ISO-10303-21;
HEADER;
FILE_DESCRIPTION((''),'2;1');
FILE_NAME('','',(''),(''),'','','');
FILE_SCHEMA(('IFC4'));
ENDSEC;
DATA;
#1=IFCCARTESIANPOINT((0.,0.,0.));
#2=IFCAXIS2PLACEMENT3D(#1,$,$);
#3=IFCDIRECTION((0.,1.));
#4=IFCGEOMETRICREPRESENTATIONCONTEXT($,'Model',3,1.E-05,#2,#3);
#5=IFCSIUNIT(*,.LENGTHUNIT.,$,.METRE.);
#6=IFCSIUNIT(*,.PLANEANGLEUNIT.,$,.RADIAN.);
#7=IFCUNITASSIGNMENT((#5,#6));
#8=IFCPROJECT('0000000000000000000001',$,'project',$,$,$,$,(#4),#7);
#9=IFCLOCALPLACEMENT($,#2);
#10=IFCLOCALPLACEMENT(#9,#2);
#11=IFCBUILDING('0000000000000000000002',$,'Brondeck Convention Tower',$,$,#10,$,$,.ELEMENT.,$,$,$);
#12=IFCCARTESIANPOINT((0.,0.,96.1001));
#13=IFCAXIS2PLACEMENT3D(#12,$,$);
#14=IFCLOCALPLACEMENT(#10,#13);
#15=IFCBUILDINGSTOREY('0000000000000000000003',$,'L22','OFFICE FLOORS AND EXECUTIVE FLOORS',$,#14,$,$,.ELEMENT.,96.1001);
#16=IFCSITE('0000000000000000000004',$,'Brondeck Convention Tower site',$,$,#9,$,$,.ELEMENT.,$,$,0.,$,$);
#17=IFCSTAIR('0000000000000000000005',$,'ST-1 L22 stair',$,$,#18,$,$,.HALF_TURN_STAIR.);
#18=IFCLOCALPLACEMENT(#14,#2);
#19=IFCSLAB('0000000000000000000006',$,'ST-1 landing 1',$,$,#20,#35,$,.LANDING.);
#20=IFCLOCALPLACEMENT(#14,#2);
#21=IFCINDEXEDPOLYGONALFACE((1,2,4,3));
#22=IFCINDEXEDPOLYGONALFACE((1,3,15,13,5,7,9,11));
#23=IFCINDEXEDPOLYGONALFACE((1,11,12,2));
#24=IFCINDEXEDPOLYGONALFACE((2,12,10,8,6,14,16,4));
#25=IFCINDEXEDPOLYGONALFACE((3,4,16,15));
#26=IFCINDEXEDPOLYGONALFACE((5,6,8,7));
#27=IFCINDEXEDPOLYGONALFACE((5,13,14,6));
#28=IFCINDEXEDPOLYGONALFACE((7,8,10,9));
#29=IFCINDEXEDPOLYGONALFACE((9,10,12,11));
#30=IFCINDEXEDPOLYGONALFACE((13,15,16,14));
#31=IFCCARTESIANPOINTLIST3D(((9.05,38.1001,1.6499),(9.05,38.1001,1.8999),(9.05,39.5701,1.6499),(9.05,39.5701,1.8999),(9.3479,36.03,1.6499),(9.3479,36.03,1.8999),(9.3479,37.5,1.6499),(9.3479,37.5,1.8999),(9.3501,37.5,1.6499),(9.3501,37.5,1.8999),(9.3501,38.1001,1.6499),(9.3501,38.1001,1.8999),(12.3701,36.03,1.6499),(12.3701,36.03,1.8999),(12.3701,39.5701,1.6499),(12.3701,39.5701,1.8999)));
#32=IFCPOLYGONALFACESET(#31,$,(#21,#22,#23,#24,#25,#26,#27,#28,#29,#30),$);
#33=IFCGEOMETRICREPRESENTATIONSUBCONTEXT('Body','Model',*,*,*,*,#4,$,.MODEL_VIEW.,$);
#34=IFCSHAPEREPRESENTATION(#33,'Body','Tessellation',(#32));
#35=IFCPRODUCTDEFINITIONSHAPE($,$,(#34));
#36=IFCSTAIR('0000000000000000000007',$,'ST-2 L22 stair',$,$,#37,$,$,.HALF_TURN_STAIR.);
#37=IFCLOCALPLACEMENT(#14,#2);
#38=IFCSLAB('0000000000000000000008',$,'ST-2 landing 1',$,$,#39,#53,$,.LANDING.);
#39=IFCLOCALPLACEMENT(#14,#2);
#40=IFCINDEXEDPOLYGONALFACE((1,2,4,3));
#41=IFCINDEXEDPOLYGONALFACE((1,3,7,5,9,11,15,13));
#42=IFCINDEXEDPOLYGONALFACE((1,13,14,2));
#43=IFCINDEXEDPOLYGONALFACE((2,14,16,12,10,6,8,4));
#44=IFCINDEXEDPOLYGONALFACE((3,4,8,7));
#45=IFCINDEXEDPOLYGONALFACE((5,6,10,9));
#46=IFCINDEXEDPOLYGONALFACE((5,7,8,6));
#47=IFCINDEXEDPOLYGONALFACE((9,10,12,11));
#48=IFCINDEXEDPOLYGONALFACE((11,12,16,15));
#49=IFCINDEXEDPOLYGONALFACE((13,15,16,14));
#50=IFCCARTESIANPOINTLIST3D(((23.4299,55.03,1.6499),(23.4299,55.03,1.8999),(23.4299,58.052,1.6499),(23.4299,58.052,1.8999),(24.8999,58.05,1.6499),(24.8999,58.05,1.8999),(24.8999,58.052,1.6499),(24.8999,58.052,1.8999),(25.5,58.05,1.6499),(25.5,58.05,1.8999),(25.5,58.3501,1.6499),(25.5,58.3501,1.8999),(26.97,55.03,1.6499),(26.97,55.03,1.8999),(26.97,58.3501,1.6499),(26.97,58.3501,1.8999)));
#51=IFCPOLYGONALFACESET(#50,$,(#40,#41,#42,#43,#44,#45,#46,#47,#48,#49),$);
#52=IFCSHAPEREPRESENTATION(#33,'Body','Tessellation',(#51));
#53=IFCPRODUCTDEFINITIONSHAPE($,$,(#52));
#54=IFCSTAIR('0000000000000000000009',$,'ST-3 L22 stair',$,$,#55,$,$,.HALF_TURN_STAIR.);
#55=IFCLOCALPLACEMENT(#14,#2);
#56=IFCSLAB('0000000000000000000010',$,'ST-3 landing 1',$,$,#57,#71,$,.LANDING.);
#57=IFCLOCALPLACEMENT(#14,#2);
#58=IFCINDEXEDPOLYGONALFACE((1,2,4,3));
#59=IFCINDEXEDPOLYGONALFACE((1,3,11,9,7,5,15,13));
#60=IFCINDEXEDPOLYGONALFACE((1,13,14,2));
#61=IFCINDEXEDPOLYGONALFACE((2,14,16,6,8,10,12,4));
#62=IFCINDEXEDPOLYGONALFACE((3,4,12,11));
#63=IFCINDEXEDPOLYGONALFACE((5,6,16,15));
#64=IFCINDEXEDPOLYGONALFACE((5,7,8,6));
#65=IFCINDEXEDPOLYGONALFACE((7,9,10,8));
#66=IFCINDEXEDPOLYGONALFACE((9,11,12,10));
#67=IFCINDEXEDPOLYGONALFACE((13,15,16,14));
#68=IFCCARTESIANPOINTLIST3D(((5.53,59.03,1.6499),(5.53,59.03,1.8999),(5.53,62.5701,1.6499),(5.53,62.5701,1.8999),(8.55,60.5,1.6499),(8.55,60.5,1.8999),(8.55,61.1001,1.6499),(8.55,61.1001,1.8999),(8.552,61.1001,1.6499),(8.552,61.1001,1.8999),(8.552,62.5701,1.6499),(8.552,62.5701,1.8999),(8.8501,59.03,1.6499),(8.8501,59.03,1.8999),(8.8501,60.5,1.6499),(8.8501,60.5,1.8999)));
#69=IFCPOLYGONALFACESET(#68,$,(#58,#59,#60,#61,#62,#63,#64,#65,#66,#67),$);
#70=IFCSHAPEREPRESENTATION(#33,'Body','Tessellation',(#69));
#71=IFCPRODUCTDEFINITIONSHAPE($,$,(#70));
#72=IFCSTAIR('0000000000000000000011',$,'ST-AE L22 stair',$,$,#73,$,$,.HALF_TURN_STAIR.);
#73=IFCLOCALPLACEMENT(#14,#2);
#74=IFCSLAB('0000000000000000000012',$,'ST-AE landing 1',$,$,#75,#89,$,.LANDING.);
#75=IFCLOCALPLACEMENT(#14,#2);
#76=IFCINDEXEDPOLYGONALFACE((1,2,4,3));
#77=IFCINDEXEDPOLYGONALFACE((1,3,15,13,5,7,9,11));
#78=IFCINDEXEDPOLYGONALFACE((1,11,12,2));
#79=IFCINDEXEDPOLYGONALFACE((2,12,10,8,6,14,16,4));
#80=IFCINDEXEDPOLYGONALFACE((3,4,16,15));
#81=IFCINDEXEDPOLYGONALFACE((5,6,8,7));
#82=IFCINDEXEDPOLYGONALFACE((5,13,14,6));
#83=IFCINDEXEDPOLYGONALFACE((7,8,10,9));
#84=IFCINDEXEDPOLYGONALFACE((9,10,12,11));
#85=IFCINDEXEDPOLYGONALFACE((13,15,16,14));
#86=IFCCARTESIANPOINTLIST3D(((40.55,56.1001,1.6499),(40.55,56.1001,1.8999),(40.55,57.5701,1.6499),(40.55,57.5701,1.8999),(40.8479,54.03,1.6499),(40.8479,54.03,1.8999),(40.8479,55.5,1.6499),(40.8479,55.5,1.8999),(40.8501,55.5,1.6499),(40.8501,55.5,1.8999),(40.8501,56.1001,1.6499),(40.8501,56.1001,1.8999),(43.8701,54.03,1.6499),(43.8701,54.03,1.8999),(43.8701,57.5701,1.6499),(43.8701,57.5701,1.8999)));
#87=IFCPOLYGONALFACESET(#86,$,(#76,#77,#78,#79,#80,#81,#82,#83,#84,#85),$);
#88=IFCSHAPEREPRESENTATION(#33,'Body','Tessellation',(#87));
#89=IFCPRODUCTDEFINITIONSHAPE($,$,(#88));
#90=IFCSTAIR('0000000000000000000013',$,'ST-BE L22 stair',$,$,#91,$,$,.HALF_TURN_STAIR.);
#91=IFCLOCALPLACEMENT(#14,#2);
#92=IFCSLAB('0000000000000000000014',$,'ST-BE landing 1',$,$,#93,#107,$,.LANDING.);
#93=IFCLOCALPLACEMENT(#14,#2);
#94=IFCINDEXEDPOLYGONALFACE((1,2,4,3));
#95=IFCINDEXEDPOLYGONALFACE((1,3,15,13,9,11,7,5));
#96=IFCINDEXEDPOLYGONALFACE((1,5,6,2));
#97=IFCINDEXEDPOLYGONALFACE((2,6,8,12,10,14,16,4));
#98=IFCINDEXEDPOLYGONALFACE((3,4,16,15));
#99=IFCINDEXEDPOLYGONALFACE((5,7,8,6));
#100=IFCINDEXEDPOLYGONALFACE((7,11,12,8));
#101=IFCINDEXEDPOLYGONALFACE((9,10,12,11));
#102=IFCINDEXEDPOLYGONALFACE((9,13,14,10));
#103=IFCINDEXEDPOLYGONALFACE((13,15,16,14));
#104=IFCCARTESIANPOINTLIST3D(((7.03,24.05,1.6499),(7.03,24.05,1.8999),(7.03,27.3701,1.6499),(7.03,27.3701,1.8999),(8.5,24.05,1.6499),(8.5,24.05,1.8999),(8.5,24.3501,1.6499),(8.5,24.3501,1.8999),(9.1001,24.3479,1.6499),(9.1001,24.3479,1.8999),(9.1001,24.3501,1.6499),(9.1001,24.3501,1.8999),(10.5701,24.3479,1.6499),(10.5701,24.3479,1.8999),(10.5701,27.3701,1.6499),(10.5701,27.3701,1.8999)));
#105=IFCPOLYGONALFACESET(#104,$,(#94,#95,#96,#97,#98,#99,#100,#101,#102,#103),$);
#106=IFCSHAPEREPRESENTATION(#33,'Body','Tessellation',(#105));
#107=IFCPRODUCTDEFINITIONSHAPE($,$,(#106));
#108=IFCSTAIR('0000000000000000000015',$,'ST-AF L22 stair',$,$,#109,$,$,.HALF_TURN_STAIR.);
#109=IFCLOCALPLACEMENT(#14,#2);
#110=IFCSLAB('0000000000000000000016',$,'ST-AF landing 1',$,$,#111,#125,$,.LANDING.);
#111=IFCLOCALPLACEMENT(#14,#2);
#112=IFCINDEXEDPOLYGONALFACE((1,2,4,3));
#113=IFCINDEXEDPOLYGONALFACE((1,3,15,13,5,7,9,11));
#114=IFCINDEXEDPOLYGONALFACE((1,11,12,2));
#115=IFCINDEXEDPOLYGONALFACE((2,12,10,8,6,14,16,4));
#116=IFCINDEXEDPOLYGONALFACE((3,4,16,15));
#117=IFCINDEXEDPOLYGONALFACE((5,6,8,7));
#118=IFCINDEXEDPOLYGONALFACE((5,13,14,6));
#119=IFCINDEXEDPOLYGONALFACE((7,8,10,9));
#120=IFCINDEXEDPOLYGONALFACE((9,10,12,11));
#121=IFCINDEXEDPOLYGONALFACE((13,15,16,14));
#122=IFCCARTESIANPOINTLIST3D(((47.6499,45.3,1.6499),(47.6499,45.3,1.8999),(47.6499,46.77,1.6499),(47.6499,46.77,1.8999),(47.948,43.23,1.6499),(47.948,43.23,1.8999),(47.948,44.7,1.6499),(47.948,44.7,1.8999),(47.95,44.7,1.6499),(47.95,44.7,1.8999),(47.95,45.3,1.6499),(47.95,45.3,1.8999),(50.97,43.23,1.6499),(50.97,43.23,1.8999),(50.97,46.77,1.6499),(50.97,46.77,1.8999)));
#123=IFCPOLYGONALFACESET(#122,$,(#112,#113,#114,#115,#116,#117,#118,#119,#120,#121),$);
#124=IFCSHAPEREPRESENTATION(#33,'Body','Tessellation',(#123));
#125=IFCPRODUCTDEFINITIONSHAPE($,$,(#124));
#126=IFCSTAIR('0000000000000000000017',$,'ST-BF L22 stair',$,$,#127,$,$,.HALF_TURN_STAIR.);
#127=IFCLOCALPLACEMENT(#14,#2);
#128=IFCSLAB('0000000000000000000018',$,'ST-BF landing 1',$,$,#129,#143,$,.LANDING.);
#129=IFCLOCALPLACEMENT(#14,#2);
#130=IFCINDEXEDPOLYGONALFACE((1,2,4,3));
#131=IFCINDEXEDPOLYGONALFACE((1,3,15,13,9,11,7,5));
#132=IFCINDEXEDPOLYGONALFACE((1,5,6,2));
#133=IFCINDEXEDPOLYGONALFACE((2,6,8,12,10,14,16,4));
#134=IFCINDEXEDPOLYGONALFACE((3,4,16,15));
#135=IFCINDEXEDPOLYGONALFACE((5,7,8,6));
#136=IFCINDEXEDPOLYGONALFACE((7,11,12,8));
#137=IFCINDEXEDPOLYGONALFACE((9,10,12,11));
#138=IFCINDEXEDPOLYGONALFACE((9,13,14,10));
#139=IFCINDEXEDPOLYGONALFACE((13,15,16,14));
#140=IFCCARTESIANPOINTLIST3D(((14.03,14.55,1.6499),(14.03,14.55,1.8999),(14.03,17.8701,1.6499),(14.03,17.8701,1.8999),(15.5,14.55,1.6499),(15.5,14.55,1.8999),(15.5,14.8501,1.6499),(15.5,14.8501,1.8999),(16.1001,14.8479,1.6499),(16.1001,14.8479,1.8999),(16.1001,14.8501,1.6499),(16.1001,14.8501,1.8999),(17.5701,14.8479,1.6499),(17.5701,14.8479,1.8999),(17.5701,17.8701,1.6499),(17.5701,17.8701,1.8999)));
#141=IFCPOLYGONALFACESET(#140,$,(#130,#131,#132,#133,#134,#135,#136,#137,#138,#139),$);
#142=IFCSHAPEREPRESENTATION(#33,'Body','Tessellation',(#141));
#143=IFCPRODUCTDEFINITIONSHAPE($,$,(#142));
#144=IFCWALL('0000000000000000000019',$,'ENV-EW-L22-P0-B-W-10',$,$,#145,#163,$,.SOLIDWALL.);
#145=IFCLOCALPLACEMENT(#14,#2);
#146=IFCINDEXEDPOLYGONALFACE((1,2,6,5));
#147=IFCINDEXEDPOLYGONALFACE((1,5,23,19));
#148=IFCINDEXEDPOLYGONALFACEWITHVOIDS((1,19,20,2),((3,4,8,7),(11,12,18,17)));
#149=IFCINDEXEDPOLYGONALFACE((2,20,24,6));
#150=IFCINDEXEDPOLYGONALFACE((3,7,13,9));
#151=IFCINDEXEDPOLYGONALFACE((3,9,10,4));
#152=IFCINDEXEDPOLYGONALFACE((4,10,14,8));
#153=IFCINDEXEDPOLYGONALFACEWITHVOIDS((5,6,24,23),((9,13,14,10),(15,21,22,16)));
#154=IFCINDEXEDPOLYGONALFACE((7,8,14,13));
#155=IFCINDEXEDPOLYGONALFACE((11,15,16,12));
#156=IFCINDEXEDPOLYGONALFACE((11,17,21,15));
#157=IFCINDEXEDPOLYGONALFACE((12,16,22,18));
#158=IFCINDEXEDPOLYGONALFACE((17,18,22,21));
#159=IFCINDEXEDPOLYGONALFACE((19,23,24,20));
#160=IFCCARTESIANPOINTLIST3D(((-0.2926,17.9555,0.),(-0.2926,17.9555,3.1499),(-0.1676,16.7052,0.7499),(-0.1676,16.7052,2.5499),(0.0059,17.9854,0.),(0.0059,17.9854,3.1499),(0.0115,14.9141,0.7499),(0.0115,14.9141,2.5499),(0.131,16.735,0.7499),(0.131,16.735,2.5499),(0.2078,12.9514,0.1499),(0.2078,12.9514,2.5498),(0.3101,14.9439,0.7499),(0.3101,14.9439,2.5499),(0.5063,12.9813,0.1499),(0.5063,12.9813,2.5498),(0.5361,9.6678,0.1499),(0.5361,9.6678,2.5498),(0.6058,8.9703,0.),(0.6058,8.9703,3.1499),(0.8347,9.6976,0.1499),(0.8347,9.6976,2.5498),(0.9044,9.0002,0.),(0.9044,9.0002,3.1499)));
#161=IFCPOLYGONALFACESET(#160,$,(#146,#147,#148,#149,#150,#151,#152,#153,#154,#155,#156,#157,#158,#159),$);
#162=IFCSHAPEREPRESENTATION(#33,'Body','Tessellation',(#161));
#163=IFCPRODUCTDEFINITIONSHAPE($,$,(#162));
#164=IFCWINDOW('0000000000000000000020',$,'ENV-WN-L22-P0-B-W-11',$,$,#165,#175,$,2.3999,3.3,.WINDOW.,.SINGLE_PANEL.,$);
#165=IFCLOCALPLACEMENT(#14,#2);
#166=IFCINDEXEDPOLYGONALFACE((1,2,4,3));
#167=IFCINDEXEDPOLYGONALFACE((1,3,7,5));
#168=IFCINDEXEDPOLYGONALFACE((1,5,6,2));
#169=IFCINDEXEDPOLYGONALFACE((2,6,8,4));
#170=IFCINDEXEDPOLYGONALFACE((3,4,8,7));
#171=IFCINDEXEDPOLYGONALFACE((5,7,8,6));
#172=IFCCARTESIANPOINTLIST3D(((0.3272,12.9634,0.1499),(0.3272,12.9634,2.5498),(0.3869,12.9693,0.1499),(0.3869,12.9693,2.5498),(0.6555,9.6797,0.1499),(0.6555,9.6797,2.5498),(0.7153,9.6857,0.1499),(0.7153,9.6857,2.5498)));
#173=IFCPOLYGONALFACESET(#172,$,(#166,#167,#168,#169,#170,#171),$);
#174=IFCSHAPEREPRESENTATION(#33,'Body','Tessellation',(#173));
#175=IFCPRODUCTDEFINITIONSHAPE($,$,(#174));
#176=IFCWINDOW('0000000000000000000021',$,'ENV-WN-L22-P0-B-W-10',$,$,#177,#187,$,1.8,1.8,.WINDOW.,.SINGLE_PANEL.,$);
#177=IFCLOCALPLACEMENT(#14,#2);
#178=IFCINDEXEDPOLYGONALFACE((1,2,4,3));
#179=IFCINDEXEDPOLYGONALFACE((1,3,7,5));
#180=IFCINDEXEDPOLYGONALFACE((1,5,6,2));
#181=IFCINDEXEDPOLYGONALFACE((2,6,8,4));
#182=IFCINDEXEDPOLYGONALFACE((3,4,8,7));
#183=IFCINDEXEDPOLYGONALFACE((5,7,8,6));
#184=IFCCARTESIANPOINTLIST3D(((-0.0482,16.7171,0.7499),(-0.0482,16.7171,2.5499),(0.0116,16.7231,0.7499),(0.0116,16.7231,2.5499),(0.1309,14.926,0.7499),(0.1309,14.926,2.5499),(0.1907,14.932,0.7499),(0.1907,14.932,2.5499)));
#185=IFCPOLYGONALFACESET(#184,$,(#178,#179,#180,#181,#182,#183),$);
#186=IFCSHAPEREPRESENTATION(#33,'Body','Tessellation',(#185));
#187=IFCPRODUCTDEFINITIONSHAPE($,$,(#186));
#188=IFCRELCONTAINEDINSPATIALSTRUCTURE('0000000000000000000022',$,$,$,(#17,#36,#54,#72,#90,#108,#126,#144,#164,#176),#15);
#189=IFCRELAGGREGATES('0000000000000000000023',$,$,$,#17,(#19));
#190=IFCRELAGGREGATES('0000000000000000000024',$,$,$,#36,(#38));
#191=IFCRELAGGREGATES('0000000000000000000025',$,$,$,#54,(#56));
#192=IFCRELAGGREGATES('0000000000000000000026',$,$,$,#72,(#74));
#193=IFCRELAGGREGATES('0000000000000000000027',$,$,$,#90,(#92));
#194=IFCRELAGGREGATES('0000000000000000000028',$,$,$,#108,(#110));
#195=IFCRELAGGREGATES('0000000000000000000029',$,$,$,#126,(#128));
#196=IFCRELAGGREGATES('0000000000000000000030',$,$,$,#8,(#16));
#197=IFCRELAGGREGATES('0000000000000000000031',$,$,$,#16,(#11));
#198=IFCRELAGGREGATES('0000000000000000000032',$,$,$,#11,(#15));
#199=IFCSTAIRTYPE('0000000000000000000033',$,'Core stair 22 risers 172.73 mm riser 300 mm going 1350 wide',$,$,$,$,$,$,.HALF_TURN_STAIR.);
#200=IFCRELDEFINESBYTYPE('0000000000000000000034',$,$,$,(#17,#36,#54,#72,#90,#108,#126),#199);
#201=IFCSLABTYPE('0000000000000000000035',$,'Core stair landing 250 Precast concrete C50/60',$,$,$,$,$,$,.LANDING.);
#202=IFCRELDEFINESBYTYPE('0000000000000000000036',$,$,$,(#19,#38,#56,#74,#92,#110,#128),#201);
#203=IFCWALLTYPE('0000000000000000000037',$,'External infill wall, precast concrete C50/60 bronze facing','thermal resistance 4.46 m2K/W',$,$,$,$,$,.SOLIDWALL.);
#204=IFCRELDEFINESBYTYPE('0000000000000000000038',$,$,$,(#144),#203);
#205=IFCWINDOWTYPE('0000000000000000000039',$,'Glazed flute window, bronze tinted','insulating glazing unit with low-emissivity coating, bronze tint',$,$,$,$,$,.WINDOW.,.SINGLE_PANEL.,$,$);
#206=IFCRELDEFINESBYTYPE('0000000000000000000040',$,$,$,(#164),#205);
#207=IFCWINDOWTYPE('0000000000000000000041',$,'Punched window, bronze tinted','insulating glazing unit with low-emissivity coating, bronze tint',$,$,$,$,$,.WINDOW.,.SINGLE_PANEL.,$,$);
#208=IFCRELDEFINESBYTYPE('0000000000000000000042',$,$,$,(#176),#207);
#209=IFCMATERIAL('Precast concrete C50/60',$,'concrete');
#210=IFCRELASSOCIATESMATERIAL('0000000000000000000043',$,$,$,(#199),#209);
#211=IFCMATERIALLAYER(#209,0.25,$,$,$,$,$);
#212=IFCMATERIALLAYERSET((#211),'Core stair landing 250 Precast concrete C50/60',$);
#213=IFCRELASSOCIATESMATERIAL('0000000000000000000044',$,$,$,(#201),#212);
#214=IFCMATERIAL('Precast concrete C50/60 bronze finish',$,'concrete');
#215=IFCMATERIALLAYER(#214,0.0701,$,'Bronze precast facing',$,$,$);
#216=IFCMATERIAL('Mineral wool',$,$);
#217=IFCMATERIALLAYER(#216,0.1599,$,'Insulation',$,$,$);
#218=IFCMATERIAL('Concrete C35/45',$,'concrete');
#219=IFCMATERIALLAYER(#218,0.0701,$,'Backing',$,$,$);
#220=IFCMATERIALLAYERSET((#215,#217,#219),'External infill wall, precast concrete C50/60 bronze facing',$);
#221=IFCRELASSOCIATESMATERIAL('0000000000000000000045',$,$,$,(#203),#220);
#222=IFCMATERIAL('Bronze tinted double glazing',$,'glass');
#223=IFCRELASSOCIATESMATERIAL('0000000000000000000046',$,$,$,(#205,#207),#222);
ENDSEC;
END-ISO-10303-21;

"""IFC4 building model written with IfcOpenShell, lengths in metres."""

from ifc_helpers import new_model, si_unit, direction, frame, frame_2d, origin, place, context, subcontext, project, spatial, polyline, rectangle, outline, extrude, material, layer, layer_set, type_object, element, fill, aggregate, save


model = new_model("IFC4")

# Units and contexts
model_context = context("Model", 3, precision=1e-05, world=origin(), true_north=direction((0.0, 1.0)))
body_context = subcontext(model_context, "Body", "Model", "MODEL_VIEW")
ifc_project = project(units=[si_unit("LENGTHUNIT", "METRE"), si_unit("PLANEANGLEUNIT", "RADIAN")], contexts=[model_context])

# Site, building, storey
site_placement = place(None, origin())
site = spatial("IfcSite", under=ifc_project, at=site_placement, Name="Brondeck Convention Tower site", CompositionType="ELEMENT", RefElevation=0.0)
building_placement = place(site_placement, origin())
building = spatial("IfcBuilding", under=site, at=building_placement, Name="Brondeck Convention Tower", CompositionType="ELEMENT")
storey_placement = place(building_placement, frame((0.0, 0.0, 96.1001)))
storey = spatial("IfcBuildingStorey", under=building, at=storey_placement, Name="L22", Description="OFFICE FLOORS AND EXECUTIVE FLOORS", CompositionType="ELEMENT", Elevation=96.1001)

# Shared definitions
ifc_material_1 = material(Name="Concrete C35/45", Category="concrete")

# Stairs, slabs
ifc_material_2 = material(Name="Precast concrete C50/60", Category="concrete")
stair_type = type_object("IfcStairType", Name="Core stair 22 risers 172.73 mm riser 300 mm going 1350 wide", PredefinedType="HALF_TURN_STAIR", material=ifc_material_2)
stair_1_placement = place(storey_placement, origin())
stair_1 = element("IfcStair", 1, at=stair_1_placement, inside=storey, type_object=stair_type, Name="ST-1 L22 stair", PredefinedType="HALF_TURN_STAIR")
ifc_layer_1 = layer(ifc_material_2, 0.25)
ifc_layer_set_1 = layer_set([ifc_layer_1], Name="Core stair landing 250 Precast concrete C50/60")
slab_type_1 = type_object("IfcSlabType", Name="Core stair landing 250 Precast concrete C50/60", PredefinedType="LANDING", material=ifc_layer_set_1)
slab_1_placement = place(storey_placement, frame((0.0, 0.0, 1.6499)))
slab_1 = element("IfcSlab", 2, at=slab_1_placement, type_object=slab_type_1, Name="ST-1 landing 1", PredefinedType="LANDING", context=body_context, shape_type="SweptSolid", body=[
    extrude(outline(polyline([(9.3479, 37.5), (9.3501, 37.5), (9.3501, 38.1001), (9.05, 38.1001), (9.05, 39.5701), (12.3701, 39.5701), (12.3701, 36.03), (9.3479, 36.03), (9.3479, 37.5)])), origin(), (0.0, 0.0, 1.0), 0.25),
])
aggregate(stair_1, [slab_1])
stair_2_placement = place(storey_placement, origin())
stair_2 = element("IfcStair", 3, at=stair_2_placement, inside=storey, type_object=stair_type, Name="ST-2 L22 stair", PredefinedType="HALF_TURN_STAIR")
slab_2_placement = place(storey_placement, frame((0.0, 0.0, 1.6499)))
slab_2 = element("IfcSlab", 4, at=slab_2_placement, type_object=slab_type_1, Name="ST-2 landing 1", PredefinedType="LANDING", context=body_context, shape_type="SweptSolid", body=[
    extrude(outline(polyline([(23.4299, 58.052), (24.8999, 58.052), (24.8999, 58.05), (25.5, 58.05), (25.5, 58.3501), (26.97, 58.3501), (26.97, 55.03), (23.4299, 55.03), (23.4299, 58.052)])), origin(), (0.0, 0.0, 1.0), 0.25),
])
aggregate(stair_2, [slab_2])
stair_3_placement = place(storey_placement, origin())
stair_3 = element("IfcStair", 5, at=stair_3_placement, inside=storey, type_object=stair_type, Name="ST-3 L22 stair", PredefinedType="HALF_TURN_STAIR")
slab_3_placement = place(storey_placement, frame((0.0, 0.0, 1.6499)))
slab_3 = element("IfcSlab", 6, at=slab_3_placement, type_object=slab_type_1, Name="ST-3 landing 1", PredefinedType="LANDING", context=body_context, shape_type="SweptSolid", body=[
    extrude(outline(polyline([(8.8501, 60.5), (8.8501, 59.03), (5.53, 59.03), (5.53, 62.5701), (8.552, 62.5701), (8.552, 61.1001), (8.55, 61.1001), (8.55, 60.5), (8.8501, 60.5)])), origin(), (0.0, 0.0, 1.0), 0.25),
])
aggregate(stair_3, [slab_3])
stair_4_placement = place(storey_placement, origin())
stair_4 = element("IfcStair", 7, at=stair_4_placement, inside=storey, type_object=stair_type, Name="ST-AE L22 stair", PredefinedType="HALF_TURN_STAIR")
slab_4_placement = place(storey_placement, frame((0.0, 0.0, 1.6499)))
slab_4 = element("IfcSlab", 8, at=slab_4_placement, type_object=slab_type_1, Name="ST-AE landing 1", PredefinedType="LANDING", context=body_context, shape_type="SweptSolid", body=[
    extrude(outline(polyline([(40.8479, 55.5), (40.8501, 55.5), (40.8501, 56.1001), (40.55, 56.1001), (40.55, 57.5701), (43.8701, 57.5701), (43.8701, 54.03), (40.8479, 54.03), (40.8479, 55.5)])), origin(), (0.0, 0.0, 1.0), 0.25),
])
aggregate(stair_4, [slab_4])
stair_5_placement = place(storey_placement, origin())
stair_5 = element("IfcStair", 9, at=stair_5_placement, inside=storey, type_object=stair_type, Name="ST-BE L22 stair", PredefinedType="HALF_TURN_STAIR")
slab_5_placement = place(storey_placement, frame((0.0, 0.0, 1.6499)))
slab_5 = element("IfcSlab", 10, at=slab_5_placement, type_object=slab_type_1, Name="ST-BE landing 1", PredefinedType="LANDING", context=body_context, shape_type="SweptSolid", body=[
    extrude(outline(polyline([(7.03, 24.05), (7.03, 27.3701), (10.5701, 27.3701), (10.5701, 24.3479), (9.1001, 24.3479), (9.1001, 24.3501), (8.5, 24.3501), (8.5, 24.05), (7.03, 24.05)])), origin(), (0.0, 0.0, 1.0), 0.25),
])
aggregate(stair_5, [slab_5])
stair_6_placement = place(storey_placement, origin())
stair_6 = element("IfcStair", 11, at=stair_6_placement, inside=storey, type_object=stair_type, Name="ST-AF L22 stair", PredefinedType="HALF_TURN_STAIR")
slab_6_placement = place(storey_placement, frame((0.0, 0.0, 1.6499)))
slab_6 = element("IfcSlab", 12, at=slab_6_placement, type_object=slab_type_1, Name="ST-AF landing 1", PredefinedType="LANDING", context=body_context, shape_type="SweptSolid", body=[
    extrude(outline(polyline([(47.948, 44.7), (47.95, 44.7), (47.95, 45.3), (47.6499, 45.3), (47.6499, 46.77), (50.97, 46.77), (50.97, 43.23), (47.948, 43.23), (47.948, 44.7)])), origin(), (0.0, 0.0, 1.0), 0.25),
])
aggregate(stair_6, [slab_6])
stair_7_placement = place(storey_placement, origin())
stair_7 = element("IfcStair", 13, at=stair_7_placement, inside=storey, type_object=stair_type, Name="ST-BF L22 stair", PredefinedType="HALF_TURN_STAIR")
slab_7_placement = place(storey_placement, frame((0.0, 0.0, 1.6499)))
slab_7 = element("IfcSlab", 14, at=slab_7_placement, type_object=slab_type_1, Name="ST-BF landing 1", PredefinedType="LANDING", context=body_context, shape_type="SweptSolid", body=[
    extrude(outline(polyline([(14.03, 14.55), (14.03, 17.8701), (17.5701, 17.8701), (17.5701, 14.8479), (16.1001, 14.8479), (16.1001, 14.8501), (15.5, 14.8501), (15.5, 14.55), (14.03, 14.55)])), origin(), (0.0, 0.0, 1.0), 0.25),
])
aggregate(stair_7, [slab_7])

# Wall, openings, windows
ifc_material_3 = material(Name="Precast concrete C50/60 bronze finish", Category="concrete")
ifc_layer_2 = layer(ifc_material_3, 0.0701, Name="Bronze precast facing")
ifc_material_4 = material(Name="Mineral wool")
ifc_layer_3 = layer(ifc_material_4, 0.1599, Name="Insulation")
ifc_layer_4 = layer(ifc_material_1, 0.0701, Name="Backing")
ifc_layer_set_2 = layer_set([ifc_layer_2, ifc_layer_3, ifc_layer_4], Name="External infill wall, precast concrete C50/60 bronze facing")
wall_type = type_object("IfcWallType", Name="External infill wall, precast concrete C50/60 bronze facing", Description="thermal resistance 4.46 m2K/W", PredefinedType="SOLIDWALL", material=ifc_layer_set_2)
wall_1_placement = place(storey_placement, frame((0.7551, 8.9851, 0.0), z_axis=(0.0, 0.0, 1.0), x_axis=(-0.099496, 0.995038, 0.0)))
wall_1 = element("IfcWall", 15, at=wall_1_placement, inside=storey, type_object=wall_type, Name="ENV-EW-L22-P0-B-W-10", PredefinedType="SOLIDWALL", context=body_context, shape_type="SweptSolid", body=[
    extrude(rectangle(XDim=9.03, YDim=0.3, at=frame_2d((4.5151, 0.0))), origin(), (0.0, 0.0, 1.0), 3.1499),
])
opening_1_placement = place(wall_1_placement, frame((0.7012, 0.0, 0.1499)))
opening_1 = element("IfcOpeningElement", 16, at=opening_1_placement, cuts=wall_1, PredefinedType="OPENING", context=body_context, shape_type="SweptSolid", body=[
    extrude(rectangle(XDim=3.3, YDim=2.3999, at=frame_2d((1.6499, 1.2))), frame((0.0, 0.1599, 0.0), z_axis=(0.0, -1.0, 0.0), x_axis=(1.0, 0.0, 0.0)), (0.0, 0.0, 1.0), 0.3201),
])
opening_2_placement = place(wall_1_placement, frame((5.9736, 0.0, 0.75)))
opening_2 = element("IfcOpeningElement", 17, at=opening_2_placement, cuts=wall_1, PredefinedType="OPENING", context=body_context, shape_type="SweptSolid", body=[
    extrude(rectangle(XDim=1.8, YDim=1.8, at=frame_2d((0.8999, 0.8999))), frame((0.0, 0.1599, 0.0), z_axis=(0.0, -1.0, 0.0), x_axis=(1.0, 0.0, 0.0)), (0.0, 0.0, 1.0), 0.3201),
])
ifc_material_5 = material(Name="Bronze tinted double glazing", Category="glass")
window_type_1 = type_object("IfcWindowType", Name="Glazed flute window, bronze tinted", Description="insulating glazing unit with low-emissivity coating, bronze tint", PartitioningType="SINGLE_PANEL", PredefinedType="WINDOW", material=ifc_material_5)
window_1_placement = place(opening_1_placement, origin())
window_1 = element("IfcWindow", 18, at=window_1_placement, inside=storey, type_object=window_type_1, Name="ENV-WN-L22-P0-B-W-11", OverallHeight=2.3999, OverallWidth=3.3, PartitioningType="SINGLE_PANEL", PredefinedType="WINDOW", context=body_context, shape_type="SweptSolid", body=[
    extrude(rectangle(XDim=3.3, YDim=2.3999, at=frame_2d((1.6499, 1.2))), frame((0.0, 0.03, 0.0), z_axis=(0.0, -1.0, 0.0), x_axis=(1.0, 0.0, 0.0)), (0.0, 0.0, 1.0), 0.0601),
])
fill(opening_1, window_1)
window_type_2 = type_object("IfcWindowType", Name="Punched window, bronze tinted", Description="insulating glazing unit with low-emissivity coating, bronze tint", PartitioningType="SINGLE_PANEL", PredefinedType="WINDOW", material=ifc_material_5)
window_2_placement = place(opening_2_placement, origin())
window_2 = element("IfcWindow", 19, at=window_2_placement, inside=storey, type_object=window_type_2, Name="ENV-WN-L22-P0-B-W-10", OverallHeight=1.8, OverallWidth=1.8, PartitioningType="SINGLE_PANEL", PredefinedType="WINDOW", context=body_context, shape_type="SweptSolid", body=[
    extrude(rectangle(XDim=1.8, YDim=1.8, at=frame_2d((0.8999, 0.8999))), frame((0.0, 0.03, 0.0), z_axis=(0.0, -1.0, 0.0), x_axis=(1.0, 0.0, 0.0)), (0.0, 0.0, 1.0), 0.0601),
])
fill(opening_2, window_2)

save(model, "model.ifc")
